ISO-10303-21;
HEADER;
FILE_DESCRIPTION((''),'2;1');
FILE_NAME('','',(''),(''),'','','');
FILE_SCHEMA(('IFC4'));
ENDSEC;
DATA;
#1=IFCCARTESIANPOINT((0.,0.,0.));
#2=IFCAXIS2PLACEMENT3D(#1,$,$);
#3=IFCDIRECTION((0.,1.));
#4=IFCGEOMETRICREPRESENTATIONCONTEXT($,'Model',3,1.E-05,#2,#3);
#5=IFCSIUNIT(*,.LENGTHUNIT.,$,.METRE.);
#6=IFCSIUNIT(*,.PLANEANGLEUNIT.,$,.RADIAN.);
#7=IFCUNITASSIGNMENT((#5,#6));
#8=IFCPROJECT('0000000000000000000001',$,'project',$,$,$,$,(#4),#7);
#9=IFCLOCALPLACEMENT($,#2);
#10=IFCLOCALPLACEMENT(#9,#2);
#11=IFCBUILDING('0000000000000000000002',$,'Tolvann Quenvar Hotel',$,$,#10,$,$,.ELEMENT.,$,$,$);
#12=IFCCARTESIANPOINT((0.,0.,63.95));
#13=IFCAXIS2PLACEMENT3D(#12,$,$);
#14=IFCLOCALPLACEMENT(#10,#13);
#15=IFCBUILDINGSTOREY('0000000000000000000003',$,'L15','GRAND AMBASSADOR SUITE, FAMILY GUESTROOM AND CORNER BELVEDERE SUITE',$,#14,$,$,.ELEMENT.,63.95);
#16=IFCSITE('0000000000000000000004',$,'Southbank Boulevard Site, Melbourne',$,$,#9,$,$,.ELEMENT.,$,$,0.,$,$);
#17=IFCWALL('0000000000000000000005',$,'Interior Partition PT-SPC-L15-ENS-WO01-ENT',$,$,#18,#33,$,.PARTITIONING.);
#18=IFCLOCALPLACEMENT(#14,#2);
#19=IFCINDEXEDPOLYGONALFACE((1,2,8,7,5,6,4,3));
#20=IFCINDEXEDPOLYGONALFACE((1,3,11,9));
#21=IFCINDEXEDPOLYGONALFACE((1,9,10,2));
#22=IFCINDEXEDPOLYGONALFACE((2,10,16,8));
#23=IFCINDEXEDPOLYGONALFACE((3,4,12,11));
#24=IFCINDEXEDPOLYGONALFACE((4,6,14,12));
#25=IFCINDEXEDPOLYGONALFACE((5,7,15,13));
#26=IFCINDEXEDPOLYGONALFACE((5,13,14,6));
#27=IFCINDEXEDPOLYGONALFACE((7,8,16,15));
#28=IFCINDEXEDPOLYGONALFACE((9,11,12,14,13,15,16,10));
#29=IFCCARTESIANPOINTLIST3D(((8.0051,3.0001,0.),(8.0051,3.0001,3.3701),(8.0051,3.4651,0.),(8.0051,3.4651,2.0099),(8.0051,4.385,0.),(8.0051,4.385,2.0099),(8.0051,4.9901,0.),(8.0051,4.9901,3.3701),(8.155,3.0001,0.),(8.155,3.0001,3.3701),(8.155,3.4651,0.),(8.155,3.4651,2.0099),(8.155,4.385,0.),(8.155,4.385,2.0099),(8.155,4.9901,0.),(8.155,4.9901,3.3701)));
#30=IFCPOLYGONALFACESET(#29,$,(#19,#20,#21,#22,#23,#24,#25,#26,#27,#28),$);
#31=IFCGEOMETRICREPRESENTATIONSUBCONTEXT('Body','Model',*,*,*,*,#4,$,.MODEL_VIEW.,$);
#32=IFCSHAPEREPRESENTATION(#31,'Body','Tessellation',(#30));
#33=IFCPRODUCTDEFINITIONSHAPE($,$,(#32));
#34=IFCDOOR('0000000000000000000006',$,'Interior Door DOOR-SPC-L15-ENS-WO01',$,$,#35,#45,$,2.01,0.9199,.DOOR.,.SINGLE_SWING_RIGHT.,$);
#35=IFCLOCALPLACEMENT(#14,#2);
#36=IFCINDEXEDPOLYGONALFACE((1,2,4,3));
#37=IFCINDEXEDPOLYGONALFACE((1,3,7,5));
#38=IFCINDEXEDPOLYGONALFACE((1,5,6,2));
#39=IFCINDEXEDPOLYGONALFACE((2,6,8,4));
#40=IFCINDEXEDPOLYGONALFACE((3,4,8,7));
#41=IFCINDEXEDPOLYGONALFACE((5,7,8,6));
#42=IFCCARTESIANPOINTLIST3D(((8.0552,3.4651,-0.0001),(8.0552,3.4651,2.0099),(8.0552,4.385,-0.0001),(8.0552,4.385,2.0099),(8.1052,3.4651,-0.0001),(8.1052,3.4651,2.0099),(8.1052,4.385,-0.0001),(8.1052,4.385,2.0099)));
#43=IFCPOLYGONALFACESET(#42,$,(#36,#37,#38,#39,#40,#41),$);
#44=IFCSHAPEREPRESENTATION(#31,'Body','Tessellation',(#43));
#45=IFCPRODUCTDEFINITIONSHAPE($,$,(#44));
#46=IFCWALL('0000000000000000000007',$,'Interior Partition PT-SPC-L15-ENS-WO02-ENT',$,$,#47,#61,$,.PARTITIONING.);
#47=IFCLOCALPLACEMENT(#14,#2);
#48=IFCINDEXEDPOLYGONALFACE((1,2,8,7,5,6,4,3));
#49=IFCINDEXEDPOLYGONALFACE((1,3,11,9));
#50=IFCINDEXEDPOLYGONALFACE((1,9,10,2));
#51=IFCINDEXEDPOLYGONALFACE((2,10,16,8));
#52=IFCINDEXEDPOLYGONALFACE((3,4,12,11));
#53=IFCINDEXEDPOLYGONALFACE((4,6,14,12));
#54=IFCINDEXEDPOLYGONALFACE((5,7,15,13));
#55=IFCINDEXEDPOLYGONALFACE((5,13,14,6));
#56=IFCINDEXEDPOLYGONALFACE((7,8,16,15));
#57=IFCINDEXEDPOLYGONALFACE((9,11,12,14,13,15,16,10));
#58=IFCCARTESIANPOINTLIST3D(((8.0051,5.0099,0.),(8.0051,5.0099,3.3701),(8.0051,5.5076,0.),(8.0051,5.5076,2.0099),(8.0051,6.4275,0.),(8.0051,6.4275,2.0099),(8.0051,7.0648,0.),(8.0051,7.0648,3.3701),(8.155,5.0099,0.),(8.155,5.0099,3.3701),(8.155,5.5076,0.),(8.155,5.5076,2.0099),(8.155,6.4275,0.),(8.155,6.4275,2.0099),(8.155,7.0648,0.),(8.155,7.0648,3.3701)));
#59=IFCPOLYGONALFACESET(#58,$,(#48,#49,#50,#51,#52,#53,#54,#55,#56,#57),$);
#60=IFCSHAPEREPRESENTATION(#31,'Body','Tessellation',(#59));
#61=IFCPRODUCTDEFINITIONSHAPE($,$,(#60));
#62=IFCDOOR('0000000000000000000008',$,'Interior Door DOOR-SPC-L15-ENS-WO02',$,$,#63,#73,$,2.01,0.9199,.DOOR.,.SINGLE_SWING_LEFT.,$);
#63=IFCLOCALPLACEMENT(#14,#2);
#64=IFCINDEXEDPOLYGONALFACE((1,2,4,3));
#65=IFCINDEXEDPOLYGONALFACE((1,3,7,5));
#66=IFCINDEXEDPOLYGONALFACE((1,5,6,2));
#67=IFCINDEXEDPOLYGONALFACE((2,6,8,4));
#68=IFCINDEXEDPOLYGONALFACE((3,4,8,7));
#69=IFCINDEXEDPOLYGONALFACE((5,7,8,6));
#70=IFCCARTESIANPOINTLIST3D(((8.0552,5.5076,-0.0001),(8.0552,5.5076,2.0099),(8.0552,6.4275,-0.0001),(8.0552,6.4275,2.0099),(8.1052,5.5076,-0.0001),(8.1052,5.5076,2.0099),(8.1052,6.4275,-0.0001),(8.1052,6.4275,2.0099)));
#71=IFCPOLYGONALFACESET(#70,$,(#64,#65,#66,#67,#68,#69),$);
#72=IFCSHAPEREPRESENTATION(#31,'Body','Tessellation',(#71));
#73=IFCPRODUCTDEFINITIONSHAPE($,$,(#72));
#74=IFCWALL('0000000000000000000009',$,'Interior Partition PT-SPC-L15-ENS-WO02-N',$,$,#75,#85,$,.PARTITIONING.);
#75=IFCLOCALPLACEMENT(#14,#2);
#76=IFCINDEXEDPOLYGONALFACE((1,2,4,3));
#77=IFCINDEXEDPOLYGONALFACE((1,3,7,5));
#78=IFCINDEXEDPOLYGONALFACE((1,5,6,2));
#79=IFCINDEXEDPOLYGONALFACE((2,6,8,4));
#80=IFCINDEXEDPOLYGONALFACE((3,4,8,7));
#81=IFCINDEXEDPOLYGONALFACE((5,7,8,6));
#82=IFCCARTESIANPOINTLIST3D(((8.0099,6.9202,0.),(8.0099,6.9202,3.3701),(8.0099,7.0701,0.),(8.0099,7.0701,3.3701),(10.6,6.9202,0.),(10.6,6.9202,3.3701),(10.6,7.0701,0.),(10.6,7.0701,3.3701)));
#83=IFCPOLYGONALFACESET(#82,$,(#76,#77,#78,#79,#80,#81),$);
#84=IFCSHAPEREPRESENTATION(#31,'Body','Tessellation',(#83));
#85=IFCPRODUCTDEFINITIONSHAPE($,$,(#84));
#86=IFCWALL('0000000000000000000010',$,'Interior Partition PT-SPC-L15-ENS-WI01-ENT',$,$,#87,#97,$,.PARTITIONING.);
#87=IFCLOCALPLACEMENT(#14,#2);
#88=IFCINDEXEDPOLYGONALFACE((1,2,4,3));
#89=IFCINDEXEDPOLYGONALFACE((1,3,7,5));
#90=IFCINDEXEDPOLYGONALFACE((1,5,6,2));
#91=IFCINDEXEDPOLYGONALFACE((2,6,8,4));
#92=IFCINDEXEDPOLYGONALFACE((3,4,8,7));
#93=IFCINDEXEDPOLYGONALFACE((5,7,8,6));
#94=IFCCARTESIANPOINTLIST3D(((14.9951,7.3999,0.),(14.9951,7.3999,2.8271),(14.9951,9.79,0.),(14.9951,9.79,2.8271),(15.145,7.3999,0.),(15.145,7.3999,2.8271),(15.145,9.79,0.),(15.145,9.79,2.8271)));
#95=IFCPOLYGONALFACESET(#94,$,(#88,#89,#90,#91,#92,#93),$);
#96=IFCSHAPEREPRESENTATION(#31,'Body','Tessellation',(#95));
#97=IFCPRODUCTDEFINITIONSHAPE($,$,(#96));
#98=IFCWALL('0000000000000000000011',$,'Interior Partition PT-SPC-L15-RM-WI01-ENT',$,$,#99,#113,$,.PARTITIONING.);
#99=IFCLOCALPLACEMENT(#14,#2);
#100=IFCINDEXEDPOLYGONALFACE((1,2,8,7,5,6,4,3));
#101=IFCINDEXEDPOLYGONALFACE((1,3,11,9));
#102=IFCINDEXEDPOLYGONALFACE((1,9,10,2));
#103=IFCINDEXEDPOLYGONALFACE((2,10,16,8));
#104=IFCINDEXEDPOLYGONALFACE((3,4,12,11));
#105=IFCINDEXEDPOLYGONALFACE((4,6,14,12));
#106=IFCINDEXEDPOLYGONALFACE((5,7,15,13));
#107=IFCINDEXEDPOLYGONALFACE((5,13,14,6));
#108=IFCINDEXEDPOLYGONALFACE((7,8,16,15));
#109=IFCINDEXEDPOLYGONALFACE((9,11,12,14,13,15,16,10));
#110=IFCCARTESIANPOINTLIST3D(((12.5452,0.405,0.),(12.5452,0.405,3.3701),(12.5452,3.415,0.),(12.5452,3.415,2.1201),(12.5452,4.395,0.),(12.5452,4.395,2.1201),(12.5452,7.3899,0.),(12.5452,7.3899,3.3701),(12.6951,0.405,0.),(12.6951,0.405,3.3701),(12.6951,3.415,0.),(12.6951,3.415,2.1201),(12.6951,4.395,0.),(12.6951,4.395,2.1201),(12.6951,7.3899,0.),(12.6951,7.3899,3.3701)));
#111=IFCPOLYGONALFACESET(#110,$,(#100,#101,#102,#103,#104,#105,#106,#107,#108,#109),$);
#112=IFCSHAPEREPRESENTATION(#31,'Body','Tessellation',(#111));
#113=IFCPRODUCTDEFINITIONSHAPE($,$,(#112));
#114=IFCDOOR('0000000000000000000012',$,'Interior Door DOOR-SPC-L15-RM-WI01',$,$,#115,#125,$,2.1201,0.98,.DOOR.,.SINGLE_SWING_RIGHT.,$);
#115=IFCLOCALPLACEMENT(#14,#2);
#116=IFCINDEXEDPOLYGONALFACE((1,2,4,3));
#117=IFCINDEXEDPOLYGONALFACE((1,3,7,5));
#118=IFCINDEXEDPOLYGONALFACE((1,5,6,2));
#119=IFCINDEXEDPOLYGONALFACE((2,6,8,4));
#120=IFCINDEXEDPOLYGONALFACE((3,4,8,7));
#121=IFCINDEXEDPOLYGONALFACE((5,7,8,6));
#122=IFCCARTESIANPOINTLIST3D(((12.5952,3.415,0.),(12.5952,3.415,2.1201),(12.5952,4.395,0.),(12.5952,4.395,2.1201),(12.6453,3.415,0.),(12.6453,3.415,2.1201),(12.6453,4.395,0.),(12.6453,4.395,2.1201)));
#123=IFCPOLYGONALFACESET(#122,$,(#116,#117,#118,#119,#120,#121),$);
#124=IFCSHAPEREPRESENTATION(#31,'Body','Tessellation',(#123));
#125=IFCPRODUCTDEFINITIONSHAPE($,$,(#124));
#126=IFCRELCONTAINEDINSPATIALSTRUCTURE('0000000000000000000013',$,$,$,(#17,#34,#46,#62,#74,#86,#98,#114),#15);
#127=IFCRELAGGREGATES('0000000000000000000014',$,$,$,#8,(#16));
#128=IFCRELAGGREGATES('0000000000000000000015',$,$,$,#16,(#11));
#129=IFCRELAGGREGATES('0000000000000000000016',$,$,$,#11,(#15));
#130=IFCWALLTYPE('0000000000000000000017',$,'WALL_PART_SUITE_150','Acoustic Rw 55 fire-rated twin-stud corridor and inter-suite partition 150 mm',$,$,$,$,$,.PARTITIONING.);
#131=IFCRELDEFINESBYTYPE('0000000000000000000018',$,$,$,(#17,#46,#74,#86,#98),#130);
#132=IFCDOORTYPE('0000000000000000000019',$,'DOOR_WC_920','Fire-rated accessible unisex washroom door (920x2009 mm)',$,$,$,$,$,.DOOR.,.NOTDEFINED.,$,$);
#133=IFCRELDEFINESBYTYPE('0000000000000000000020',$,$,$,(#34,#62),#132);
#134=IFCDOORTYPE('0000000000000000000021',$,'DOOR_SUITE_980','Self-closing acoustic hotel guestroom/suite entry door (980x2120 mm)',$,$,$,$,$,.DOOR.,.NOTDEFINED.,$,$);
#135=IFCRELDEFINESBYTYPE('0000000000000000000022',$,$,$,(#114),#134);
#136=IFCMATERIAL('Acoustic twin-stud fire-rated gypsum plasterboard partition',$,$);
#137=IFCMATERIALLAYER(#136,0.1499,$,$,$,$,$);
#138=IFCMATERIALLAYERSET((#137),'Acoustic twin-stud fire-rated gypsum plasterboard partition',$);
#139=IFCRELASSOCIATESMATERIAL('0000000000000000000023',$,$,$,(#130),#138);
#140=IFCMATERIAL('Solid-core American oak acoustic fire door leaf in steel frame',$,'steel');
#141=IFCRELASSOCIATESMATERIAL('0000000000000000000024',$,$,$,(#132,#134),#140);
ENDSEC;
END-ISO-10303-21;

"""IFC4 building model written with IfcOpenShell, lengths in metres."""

from ifc_helpers import new_model, si_unit, direction, frame, frame_2d, origin, place, context, subcontext, project, spatial, rectangle, extrude, source, transform, mapped, material, layer, layer_set, type_object, type_shapes, element, fill, save


model = new_model("IFC4")

# Units and contexts
model_context = context("Model", 3, precision=1e-05, world=origin(), true_north=direction((0.0, 1.0)))
body_context = subcontext(model_context, "Body", "Model", "MODEL_VIEW")
ifc_project = project(units=[si_unit("LENGTHUNIT", "METRE"), si_unit("PLANEANGLEUNIT", "RADIAN")], contexts=[model_context])

# Site, building, storey
site_placement = place(None, origin())
site = spatial("IfcSite", under=ifc_project, at=site_placement, Name="Southbank Boulevard Site, Melbourne", CompositionType="ELEMENT", RefElevation=0.0)
building_placement = place(site_placement, origin())
building = spatial("IfcBuilding", under=site, at=building_placement, Name="Tolvann Quenvar Hotel", CompositionType="ELEMENT")
storey_placement = place(building_placement, frame((0.0, 0.0, 63.95)))
storey = spatial("IfcBuildingStorey", under=building, at=storey_placement, Name="L15", Description="GRAND AMBASSADOR SUITE, FAMILY GUESTROOM AND CORNER BELVEDERE SUITE", CompositionType="ELEMENT", Elevation=63.95)

# Walls, openings, doors
ifc_material_1 = material(Name="Acoustic twin-stud fire-rated gypsum plasterboard partition")
ifc_layer_1 = layer(ifc_material_1, 0.1499)
ifc_layer_set_1 = layer_set([ifc_layer_1], Name="Acoustic twin-stud fire-rated gypsum plasterboard partition")
wall_type_1 = type_object("IfcWallType", Name="WALL_PART_SUITE_150", Description="Acoustic Rw 55 fire-rated twin-stud corridor and inter-suite partition 150 mm", PredefinedType="PARTITIONING", material=ifc_layer_set_1)
wall_1_placement = place(storey_placement, frame((8.0801, 3.0, 0.0), z_axis=(0.0, 0.0, 1.0), x_axis=(0.0, 1.0, 0.0)))
wall_1 = element("IfcWall", 1, at=wall_1_placement, inside=storey, type_object=wall_type_1, Name="Interior Partition PT-SPC-L15-ENS-WO01-ENT", PredefinedType="PARTITIONING", context=body_context, shape_type="SweptSolid", body=[
    extrude(rectangle(XDim=1.99, YDim=0.1499, at=frame_2d((0.9951, 0.0))), origin(), (0.0, 0.0, 1.0), 3.3701),
])
opening_1_placement = place(wall_1_placement, frame((0.4651, 0.0, 0.0)))
opening_1 = element("IfcOpeningElement", 2, at=opening_1_placement, cuts=wall_1, PredefinedType="OPENING", context=body_context, shape_type="SweptSolid", body=[
    extrude(rectangle(XDim=0.9199, YDim=2.01, at=frame_2d((0.46, 1.0049))), frame((0.0, 0.085, 0.0), z_axis=(0.0, -1.0, 0.0), x_axis=(1.0, 0.0, 0.0)), (0.0, 0.0, 1.0), 0.1699),
])
ifc_material_2 = material(Name="Solid-core American oak acoustic fire door leaf in steel frame", Category="steel")
door_type_1 = type_object("IfcDoorType", Name="DOOR_WC_920", Description="Fire-rated accessible unisex washroom door (920x2009 mm)", OperationType="NOTDEFINED", PredefinedType="DOOR", material=ifc_material_2)
shared_shape_1 = source(origin(), body_context, "Body", "SweptSolid", [
    extrude(rectangle(XDim=0.9199, YDim=2.01, at=frame_2d((0.46, 1.0049))), frame((0.0, 0.0249, 0.0), z_axis=(0.0, -1.0, 0.0), x_axis=(1.0, 0.0, 0.0)), (0.0, 0.0, 1.0), 0.05),
])
type_shapes(door_type_1, [shared_shape_1])
door_1_placement = place(opening_1_placement, origin())
door_1 = element("IfcDoor", 3, at=door_1_placement, inside=storey, type_object=door_type_1, Name="Interior Door DOOR-SPC-L15-ENS-WO01", OperationType="SINGLE_SWING_RIGHT", OverallHeight=2.01, OverallWidth=0.9199, PredefinedType="DOOR", context=body_context, shape_type="MappedRepresentation", body=[
    mapped(shared_shape_1, transform((0.0, 0.0, 0.0), x_axis=(1.0, 0.0, 0.0), y_axis=(0.0, 1.0, 0.0), z_axis=(0.0, 0.0, 1.0), scale=1.0)),
])
fill(opening_1, door_1)
wall_2_placement = place(storey_placement, frame((8.0801, 5.01, 0.0), z_axis=(0.0, 0.0, 1.0), x_axis=(0.0, 1.0, 0.0)))
wall_2 = element("IfcWall", 4, at=wall_2_placement, inside=storey, type_object=wall_type_1, Name="Interior Partition PT-SPC-L15-ENS-WO02-ENT", PredefinedType="PARTITIONING", context=body_context, shape_type="SweptSolid", body=[
    extrude(rectangle(XDim=2.0549, YDim=0.1499, at=frame_2d((1.0273, 0.0))), origin(), (0.0, 0.0, 1.0), 3.3701),
])
opening_2_placement = place(wall_2_placement, frame((0.4976, 0.0, 0.0)))
opening_2 = element("IfcOpeningElement", 5, at=opening_2_placement, cuts=wall_2, PredefinedType="OPENING", context=body_context, shape_type="SweptSolid", body=[
    extrude(rectangle(XDim=0.9199, YDim=2.01, at=frame_2d((0.46, 1.0049))), frame((0.0, 0.085, 0.0), z_axis=(0.0, -1.0, 0.0), x_axis=(1.0, 0.0, 0.0)), (0.0, 0.0, 1.0), 0.1699),
])
door_2_placement = place(opening_2_placement, origin())
door_2 = element("IfcDoor", 6, at=door_2_placement, inside=storey, type_object=door_type_1, Name="Interior Door DOOR-SPC-L15-ENS-WO02", OperationType="SINGLE_SWING_LEFT", OverallHeight=2.01, OverallWidth=0.9199, PredefinedType="DOOR", context=body_context, shape_type="MappedRepresentation", body=[
    mapped(shared_shape_1, transform((0.0, 0.0, 0.0), x_axis=(1.0, 0.0, 0.0), y_axis=(0.0, 1.0, 0.0), z_axis=(0.0, 0.0, 1.0), scale=1.0)),
])
fill(opening_2, door_2)

# Walls
wall_3_placement = place(storey_placement, frame((8.01, 6.9951, 0.0), z_axis=(0.0, 0.0, 1.0), x_axis=(1.0, 0.0, 0.0)))
element("IfcWall", 7, at=wall_3_placement, inside=storey, type_object=wall_type_1, Name="Interior Partition PT-SPC-L15-ENS-WO02-N", PredefinedType="PARTITIONING", context=body_context, shape_type="SweptSolid", body=[
    extrude(rectangle(XDim=2.5901, YDim=0.1499, at=frame_2d((1.2949, 0.0))), origin(), (0.0, 0.0, 1.0), 3.3701),
])
wall_4_placement = place(storey_placement, frame((15.0701, 7.3999, 0.0), z_axis=(0.0, 0.0, 1.0), x_axis=(0.0, 1.0, 0.0)))
element("IfcWall", 8, at=wall_4_placement, inside=storey, type_object=wall_type_1, Name="Interior Partition PT-SPC-L15-ENS-WI01-ENT", PredefinedType="PARTITIONING", context=body_context, shape_type="SweptSolid", body=[
    extrude(rectangle(XDim=2.3901, YDim=0.1499, at=frame_2d((1.1951, 0.0))), origin(), (0.0, 0.0, 1.0), 2.8271),
])

# Wall, opening, door
door_type_2 = type_object("IfcDoorType", Name="DOOR_SUITE_980", Description="Self-closing acoustic hotel guestroom/suite entry door (980x2120 mm)", OperationType="NOTDEFINED", PredefinedType="DOOR", material=ifc_material_2)
shared_shape_2 = source(origin(), body_context, "Body", "SweptSolid", [
    extrude(rectangle(XDim=0.98, YDim=2.1201, at=frame_2d((0.49, 1.0601))), frame((0.0, 0.0249, 0.0), z_axis=(0.0, -1.0, 0.0), x_axis=(1.0, 0.0, 0.0)), (0.0, 0.0, 1.0), 0.05),
])
type_shapes(door_type_2, [shared_shape_2])
wall_5_placement = place(storey_placement, frame((12.6201, 0.405, 0.0), z_axis=(0.0, 0.0, 1.0), x_axis=(0.0, 1.0, 0.0)))
wall_5 = element("IfcWall", 9, at=wall_5_placement, inside=storey, type_object=wall_type_1, Name="Interior Partition PT-SPC-L15-RM-WI01-ENT", PredefinedType="PARTITIONING", context=body_context, shape_type="SweptSolid", body=[
    extrude(rectangle(XDim=6.9849, YDim=0.1499, at=frame_2d((3.4924, 0.0))), origin(), (0.0, 0.0, 1.0), 3.3701),
])
opening_3_placement = place(wall_5_placement, frame((3.01, 0.0, 0.0)))
opening_3 = element("IfcOpeningElement", 10, at=opening_3_placement, cuts=wall_5, PredefinedType="OPENING", context=body_context, shape_type="SweptSolid", body=[
    extrude(rectangle(XDim=0.98, YDim=2.1201, at=frame_2d((0.49, 1.0601))), frame((0.0, 0.085, 0.0), z_axis=(0.0, -1.0, 0.0), x_axis=(1.0, 0.0, 0.0)), (0.0, 0.0, 1.0), 0.1699),
])
door_3_placement = place(opening_3_placement, origin())
door_3 = element("IfcDoor", 11, at=door_3_placement, inside=storey, type_object=door_type_2, Name="Interior Door DOOR-SPC-L15-RM-WI01", OperationType="SINGLE_SWING_RIGHT", OverallHeight=2.1201, OverallWidth=0.98, PredefinedType="DOOR", context=body_context, shape_type="MappedRepresentation", body=[
    mapped(shared_shape_2, transform((0.0, 0.0, 0.0), x_axis=(1.0, 0.0, 0.0), y_axis=(0.0, 1.0, 0.0), z_axis=(0.0, 0.0, 1.0), scale=1.0)),
])
fill(opening_3, door_3)

save(model, "model.ifc")
